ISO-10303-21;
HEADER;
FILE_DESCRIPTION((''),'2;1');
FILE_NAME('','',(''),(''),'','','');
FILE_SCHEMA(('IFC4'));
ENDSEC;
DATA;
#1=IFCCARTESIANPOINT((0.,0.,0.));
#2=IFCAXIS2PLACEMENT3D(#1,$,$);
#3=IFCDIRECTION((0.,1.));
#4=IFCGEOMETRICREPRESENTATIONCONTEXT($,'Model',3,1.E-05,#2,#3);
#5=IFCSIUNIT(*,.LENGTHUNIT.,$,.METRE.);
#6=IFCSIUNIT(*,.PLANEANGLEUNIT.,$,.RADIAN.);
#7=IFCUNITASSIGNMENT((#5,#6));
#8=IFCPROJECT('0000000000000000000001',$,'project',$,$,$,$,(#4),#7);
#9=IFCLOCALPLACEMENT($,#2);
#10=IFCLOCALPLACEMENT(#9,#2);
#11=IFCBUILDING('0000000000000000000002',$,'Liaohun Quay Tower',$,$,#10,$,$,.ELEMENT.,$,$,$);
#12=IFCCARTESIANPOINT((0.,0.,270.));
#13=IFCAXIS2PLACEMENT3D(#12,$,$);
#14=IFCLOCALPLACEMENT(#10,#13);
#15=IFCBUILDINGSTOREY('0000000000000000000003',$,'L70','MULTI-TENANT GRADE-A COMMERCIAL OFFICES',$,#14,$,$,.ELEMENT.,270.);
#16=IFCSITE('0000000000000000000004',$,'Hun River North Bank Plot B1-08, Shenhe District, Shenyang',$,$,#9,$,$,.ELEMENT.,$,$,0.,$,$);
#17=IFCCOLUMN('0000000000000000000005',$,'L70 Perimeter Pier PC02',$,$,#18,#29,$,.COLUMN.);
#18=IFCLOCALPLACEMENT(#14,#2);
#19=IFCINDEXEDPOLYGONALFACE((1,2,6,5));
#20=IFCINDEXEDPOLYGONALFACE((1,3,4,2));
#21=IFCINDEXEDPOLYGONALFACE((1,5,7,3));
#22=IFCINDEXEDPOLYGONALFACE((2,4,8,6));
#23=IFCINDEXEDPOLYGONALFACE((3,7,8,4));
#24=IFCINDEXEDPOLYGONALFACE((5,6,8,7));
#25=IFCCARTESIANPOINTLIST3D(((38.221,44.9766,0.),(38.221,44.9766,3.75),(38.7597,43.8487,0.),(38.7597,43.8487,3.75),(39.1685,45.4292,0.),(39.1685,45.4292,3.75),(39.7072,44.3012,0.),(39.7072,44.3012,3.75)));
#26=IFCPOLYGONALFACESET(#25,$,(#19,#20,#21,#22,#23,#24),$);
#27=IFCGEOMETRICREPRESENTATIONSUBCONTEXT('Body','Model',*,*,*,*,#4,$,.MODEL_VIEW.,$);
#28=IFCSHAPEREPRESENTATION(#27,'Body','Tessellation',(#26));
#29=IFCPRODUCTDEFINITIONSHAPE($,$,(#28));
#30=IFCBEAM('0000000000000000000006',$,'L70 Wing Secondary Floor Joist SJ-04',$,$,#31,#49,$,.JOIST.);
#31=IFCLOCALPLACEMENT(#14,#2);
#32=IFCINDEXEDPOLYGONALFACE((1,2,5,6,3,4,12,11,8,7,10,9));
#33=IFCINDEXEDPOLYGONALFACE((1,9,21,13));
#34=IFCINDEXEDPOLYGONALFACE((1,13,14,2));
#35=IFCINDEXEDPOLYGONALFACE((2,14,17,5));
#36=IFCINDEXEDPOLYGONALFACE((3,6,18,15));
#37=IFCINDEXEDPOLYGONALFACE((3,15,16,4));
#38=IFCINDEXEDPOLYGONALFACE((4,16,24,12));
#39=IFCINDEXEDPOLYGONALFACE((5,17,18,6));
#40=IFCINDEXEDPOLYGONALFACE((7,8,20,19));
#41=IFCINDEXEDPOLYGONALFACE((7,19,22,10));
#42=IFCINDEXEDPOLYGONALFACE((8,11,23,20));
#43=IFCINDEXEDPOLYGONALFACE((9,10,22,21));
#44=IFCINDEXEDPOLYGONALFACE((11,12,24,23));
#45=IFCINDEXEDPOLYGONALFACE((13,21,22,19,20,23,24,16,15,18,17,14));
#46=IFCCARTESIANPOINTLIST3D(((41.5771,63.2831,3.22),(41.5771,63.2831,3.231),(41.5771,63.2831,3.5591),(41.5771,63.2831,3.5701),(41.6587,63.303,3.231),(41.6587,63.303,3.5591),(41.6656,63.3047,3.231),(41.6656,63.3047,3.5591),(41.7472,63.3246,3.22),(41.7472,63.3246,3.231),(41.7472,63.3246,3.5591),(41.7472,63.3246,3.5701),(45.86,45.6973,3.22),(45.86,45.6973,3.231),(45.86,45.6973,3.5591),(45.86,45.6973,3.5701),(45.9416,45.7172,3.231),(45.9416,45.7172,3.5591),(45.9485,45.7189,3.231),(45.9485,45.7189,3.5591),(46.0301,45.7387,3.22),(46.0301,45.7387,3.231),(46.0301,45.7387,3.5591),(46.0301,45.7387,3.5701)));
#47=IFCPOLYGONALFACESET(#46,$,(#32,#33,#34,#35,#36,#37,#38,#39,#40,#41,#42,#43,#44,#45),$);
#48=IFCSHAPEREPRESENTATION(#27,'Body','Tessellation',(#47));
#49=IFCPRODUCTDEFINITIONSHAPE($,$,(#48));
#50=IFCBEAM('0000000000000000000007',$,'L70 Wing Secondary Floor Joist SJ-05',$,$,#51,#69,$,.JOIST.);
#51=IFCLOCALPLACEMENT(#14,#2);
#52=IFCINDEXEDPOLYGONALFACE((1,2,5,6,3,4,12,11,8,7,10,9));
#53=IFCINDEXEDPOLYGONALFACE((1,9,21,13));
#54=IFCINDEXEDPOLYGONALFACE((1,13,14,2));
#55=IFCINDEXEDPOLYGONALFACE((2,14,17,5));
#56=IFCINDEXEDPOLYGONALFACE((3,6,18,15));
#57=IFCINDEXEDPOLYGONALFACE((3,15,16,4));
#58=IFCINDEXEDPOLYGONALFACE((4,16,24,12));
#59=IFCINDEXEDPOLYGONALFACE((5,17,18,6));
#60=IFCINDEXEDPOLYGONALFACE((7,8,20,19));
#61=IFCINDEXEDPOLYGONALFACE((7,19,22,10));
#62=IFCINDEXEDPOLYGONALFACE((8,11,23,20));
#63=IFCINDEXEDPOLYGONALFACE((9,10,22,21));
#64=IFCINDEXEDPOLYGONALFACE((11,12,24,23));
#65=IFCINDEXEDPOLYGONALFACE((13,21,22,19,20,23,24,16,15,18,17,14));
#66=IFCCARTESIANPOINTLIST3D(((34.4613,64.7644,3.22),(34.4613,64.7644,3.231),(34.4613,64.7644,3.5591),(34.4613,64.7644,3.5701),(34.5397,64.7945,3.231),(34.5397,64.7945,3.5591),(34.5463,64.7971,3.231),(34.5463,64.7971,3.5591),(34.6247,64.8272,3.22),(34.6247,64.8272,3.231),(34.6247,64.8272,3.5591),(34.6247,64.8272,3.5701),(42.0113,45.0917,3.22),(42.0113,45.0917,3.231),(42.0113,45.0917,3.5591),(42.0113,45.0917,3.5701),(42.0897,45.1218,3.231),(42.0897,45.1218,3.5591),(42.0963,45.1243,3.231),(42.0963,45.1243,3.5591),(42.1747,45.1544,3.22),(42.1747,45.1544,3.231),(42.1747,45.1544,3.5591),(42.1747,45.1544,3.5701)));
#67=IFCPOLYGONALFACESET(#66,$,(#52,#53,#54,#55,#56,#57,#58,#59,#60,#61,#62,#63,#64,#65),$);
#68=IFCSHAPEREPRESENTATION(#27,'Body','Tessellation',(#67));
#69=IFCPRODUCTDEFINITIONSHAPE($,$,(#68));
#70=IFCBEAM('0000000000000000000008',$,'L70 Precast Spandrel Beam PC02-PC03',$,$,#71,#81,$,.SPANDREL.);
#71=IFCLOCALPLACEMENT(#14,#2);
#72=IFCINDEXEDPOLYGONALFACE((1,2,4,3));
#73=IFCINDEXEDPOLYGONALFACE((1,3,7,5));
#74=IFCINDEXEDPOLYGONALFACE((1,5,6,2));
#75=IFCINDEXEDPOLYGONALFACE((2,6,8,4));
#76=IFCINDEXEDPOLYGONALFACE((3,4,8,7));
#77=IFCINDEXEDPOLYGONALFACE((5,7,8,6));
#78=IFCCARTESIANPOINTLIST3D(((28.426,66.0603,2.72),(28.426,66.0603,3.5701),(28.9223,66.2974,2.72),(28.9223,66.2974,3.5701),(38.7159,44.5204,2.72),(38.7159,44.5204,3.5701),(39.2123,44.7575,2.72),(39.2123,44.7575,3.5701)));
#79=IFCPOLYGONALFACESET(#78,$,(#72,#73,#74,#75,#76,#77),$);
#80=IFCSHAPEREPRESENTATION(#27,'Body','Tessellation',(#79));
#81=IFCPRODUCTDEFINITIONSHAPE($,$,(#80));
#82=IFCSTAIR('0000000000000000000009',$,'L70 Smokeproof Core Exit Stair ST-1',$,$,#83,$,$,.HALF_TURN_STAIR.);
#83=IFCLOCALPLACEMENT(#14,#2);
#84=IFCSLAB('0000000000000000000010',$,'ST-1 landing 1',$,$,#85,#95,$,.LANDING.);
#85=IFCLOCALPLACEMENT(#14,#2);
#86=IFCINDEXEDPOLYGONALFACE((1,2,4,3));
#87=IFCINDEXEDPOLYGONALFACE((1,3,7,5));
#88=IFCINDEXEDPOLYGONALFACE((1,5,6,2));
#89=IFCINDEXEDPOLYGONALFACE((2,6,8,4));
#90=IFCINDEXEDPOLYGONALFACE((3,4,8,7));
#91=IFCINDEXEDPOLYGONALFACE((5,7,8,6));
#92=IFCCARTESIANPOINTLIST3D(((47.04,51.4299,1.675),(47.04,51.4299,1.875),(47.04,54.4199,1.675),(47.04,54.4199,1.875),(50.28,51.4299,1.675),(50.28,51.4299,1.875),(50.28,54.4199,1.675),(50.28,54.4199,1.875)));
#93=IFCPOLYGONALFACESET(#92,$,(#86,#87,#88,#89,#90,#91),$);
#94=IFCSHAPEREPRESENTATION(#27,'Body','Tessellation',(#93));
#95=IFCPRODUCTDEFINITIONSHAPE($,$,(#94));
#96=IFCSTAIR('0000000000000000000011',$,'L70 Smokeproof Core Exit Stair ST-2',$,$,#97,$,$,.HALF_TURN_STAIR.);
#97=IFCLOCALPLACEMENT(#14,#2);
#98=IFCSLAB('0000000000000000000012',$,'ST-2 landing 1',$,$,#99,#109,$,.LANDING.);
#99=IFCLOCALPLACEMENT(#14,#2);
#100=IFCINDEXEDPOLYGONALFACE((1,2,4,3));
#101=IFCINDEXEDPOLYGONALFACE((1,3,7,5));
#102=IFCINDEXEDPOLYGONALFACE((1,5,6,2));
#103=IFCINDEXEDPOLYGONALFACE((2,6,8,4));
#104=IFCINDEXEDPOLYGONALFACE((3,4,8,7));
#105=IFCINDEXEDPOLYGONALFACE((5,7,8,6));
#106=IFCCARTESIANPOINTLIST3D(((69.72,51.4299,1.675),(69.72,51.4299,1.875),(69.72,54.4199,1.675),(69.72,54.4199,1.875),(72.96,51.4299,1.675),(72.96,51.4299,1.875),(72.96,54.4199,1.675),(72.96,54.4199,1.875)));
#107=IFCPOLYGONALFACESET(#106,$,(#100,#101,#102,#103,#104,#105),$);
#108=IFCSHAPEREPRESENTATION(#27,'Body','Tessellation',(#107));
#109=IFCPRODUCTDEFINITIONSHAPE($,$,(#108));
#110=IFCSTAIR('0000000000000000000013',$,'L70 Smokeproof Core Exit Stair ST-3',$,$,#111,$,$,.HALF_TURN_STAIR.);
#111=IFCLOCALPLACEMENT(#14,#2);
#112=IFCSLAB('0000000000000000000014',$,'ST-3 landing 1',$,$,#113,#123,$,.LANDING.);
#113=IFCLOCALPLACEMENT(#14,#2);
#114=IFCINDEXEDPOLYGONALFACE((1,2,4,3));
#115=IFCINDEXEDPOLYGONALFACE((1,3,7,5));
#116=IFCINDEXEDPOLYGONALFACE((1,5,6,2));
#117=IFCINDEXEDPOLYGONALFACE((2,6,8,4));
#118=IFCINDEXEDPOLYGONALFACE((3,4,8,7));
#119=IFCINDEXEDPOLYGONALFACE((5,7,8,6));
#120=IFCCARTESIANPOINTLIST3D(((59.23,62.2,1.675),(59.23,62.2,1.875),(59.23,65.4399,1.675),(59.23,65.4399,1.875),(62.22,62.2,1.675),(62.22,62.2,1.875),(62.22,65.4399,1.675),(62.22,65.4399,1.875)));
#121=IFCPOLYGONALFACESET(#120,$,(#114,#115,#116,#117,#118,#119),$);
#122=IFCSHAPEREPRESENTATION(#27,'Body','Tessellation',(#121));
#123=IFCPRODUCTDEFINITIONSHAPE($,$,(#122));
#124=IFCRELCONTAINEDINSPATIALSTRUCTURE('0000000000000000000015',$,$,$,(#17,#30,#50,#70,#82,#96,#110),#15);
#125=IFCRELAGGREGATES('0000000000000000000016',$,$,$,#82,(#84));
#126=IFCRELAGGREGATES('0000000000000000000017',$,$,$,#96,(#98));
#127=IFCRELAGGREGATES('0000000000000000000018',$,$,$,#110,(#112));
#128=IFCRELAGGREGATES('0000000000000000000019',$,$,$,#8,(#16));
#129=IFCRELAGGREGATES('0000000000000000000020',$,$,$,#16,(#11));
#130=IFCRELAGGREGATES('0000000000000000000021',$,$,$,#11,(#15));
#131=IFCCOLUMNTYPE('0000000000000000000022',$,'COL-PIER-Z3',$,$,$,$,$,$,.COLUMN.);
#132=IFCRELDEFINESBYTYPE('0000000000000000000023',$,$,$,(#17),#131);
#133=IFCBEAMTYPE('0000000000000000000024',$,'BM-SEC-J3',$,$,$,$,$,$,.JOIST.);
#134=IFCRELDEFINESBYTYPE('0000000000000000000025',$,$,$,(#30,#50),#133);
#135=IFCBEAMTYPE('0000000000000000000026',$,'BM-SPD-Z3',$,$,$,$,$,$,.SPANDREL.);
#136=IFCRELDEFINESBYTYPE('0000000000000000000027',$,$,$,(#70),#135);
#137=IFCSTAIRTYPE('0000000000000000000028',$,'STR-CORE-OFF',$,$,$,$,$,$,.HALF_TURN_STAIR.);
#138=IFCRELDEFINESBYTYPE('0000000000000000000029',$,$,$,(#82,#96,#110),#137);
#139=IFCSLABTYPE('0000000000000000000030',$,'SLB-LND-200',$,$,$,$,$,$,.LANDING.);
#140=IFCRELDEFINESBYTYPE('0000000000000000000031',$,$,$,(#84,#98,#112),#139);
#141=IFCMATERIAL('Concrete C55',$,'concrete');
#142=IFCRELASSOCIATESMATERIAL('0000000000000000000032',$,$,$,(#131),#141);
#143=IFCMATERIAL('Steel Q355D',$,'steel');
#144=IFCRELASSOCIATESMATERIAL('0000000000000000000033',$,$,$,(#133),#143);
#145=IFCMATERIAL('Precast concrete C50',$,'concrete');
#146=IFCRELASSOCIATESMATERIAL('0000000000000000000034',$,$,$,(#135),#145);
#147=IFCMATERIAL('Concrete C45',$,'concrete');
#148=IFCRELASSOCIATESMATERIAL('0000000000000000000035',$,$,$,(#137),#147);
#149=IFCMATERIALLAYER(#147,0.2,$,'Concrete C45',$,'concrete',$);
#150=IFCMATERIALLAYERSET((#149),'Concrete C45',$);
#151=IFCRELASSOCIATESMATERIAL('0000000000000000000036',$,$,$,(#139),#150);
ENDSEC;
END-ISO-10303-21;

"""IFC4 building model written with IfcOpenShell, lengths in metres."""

from ifc_helpers import new_model, si_unit, direction, frame, origin, origin_2d, place, context, subcontext, project, spatial, polyline, rectangle, i_section, outline, extrude, source, transform, mapped, material, layer, layer_set, material_profile, profile_set, type_object, element, aggregate, save


model = new_model("IFC4")

# Units and contexts
model_context = context("Model", 3, precision=1e-05, world=origin(), true_north=direction((0.0, 1.0)))
body_context = subcontext(model_context, "Body", "Model", "MODEL_VIEW")
ifc_project = project(units=[si_unit("LENGTHUNIT", "METRE"), si_unit("PLANEANGLEUNIT", "RADIAN")], contexts=[model_context])

# Site, building, storey
site_placement = place(None, origin())
site = spatial("IfcSite", under=ifc_project, at=site_placement, Name="Hun River North Bank Plot B1-08, Shenhe District, Shenyang", CompositionType="ELEMENT", RefElevation=0.0)
building_placement = place(site_placement, origin())
building = spatial("IfcBuilding", under=site, at=building_placement, Name="Liaohun Quay Tower", CompositionType="ELEMENT")
storey_placement = place(building_placement, frame((0.0, 0.0, 270.0)))
storey = spatial("IfcBuildingStorey", under=building, at=storey_placement, Name="L70", Description="MULTI-TENANT GRADE-A COMMERCIAL OFFICES", CompositionType="ELEMENT", Elevation=270.0)

# Column
ifc_material_1 = material(Name="Concrete C55", Category="concrete")
ifc_material_profile_1 = material_profile(ifc_material_1, rectangle(XDim=1.25, YDim=1.05, at=origin_2d()), Name="RC1250x1050")
ifc_profile_set_1 = profile_set([ifc_material_profile_1], Name="Concrete C55")
column_type = type_object("IfcColumnType", Name="COL-PIER-Z3", PredefinedType="COLUMN", material=ifc_profile_set_1)
shared_shape_1 = source(origin(), body_context, "Body", "SweptSolid", [
    extrude(rectangle(XDim=1.25, YDim=1.05, at=origin_2d()), origin(), (0.0, 0.0, 1.0), 3.75),
])
column_placement = place(storey_placement, frame((38.9641, 44.6389, 0.0), z_axis=(0.0, 0.0, 1.0), x_axis=(-0.430984, 0.90236, 0.0)))
element("IfcColumn", 1, at=column_placement, inside=storey, type_object=column_type, Name="L70 Perimeter Pier PC02", PredefinedType="COLUMN", context=body_context, shape_type="MappedRepresentation", body=[
    mapped(shared_shape_1, transform((0.0, 0.0, 0.0), x_axis=(1.0, 0.0, 0.0), y_axis=(0.0, 1.0, 0.0), z_axis=(0.0, 0.0, 1.0), scale=1.0)),
])

# Beams
ifc_material_2 = material(Name="Steel Q355D", Category="steel")
ifc_material_profile_2 = material_profile(ifc_material_2, i_section(OverallWidth=0.175, OverallDepth=0.3501, WebThickness=0.0071, FlangeThickness=0.011, at=origin_2d()), Name="HN350x175x7x11")
ifc_profile_set_2 = profile_set([ifc_material_profile_2], Name="Steel Q355D")
beam_type_1 = type_object("IfcBeamType", Name="BM-SEC-J3", PredefinedType="JOIST", material=ifc_profile_set_2)
shared_shape_2 = source(origin(), body_context, "Body", "SweptSolid", [
    extrude(i_section(OverallWidth=0.175, OverallDepth=0.3501, WebThickness=0.0071, FlangeThickness=0.011, at=origin_2d()), origin(), (0.0, 0.0, 1.0), 18.0999),
])
beam_1_placement = place(storey_placement, frame((45.9451, 45.718, 3.395), z_axis=(-0.236628, 0.9716, 0.0), x_axis=(-0.9716, -0.236628, 0.0)))
element("IfcBeam", 2, at=beam_1_placement, inside=storey, type_object=beam_type_1, Name="L70 Wing Secondary Floor Joist SJ-04", PredefinedType="JOIST", context=body_context, shape_type="MappedRepresentation", body=[
    mapped(shared_shape_2, transform((0.0, 0.0, 0.0), x_axis=(1.0, 0.0, 0.0), y_axis=(0.0, 1.0, 0.0), z_axis=(0.0, 0.0, 1.0), scale=1.0)),
])
shared_shape_3 = source(origin(), body_context, "Body", "SweptSolid", [
    extrude(i_section(OverallWidth=0.175, OverallDepth=0.3501, WebThickness=0.0071, FlangeThickness=0.011, at=origin_2d()), origin(), (0.0, 0.0, 1.0), 21.0718),
])
beam_2_placement = place(storey_placement, frame((42.093, 45.123, 3.395), z_axis=(-0.3583, 0.933607, 0.0), x_axis=(-0.933607, -0.3583, 0.0)))
element("IfcBeam", 3, at=beam_2_placement, inside=storey, type_object=beam_type_1, Name="L70 Wing Secondary Floor Joist SJ-05", PredefinedType="JOIST", context=body_context, shape_type="MappedRepresentation", body=[
    mapped(shared_shape_3, transform((0.0, 0.0, 0.0), x_axis=(1.0, 0.0, 0.0), y_axis=(0.0, 1.0, 0.0), z_axis=(0.0, 0.0, 1.0), scale=1.0)),
])
ifc_material_3 = material(Name="Precast concrete C50", Category="concrete")
ifc_material_profile_3 = material_profile(ifc_material_3, rectangle(XDim=0.55, YDim=0.8501, at=origin_2d()), Name="RC550x850")
ifc_profile_set_3 = profile_set([ifc_material_profile_3], Name="Precast concrete C50")
beam_type_2 = type_object("IfcBeamType", Name="BM-SPD-Z3", PredefinedType="SPANDREL", material=ifc_profile_set_3)
shared_shape_4 = source(origin(), body_context, "Body", "SweptSolid", [
    extrude(rectangle(XDim=0.55, YDim=0.8501, at=origin_2d()), origin(), (0.0, 0.0, 1.0), 23.8716),
])
beam_3_placement = place(storey_placement, frame((38.9641, 44.6389, 3.145), z_axis=(-0.431056, 0.902325, 0.0), x_axis=(-0.902325, -0.431056, 0.0)))
element("IfcBeam", 4, at=beam_3_placement, inside=storey, type_object=beam_type_2, Name="L70 Precast Spandrel Beam PC02-PC03", PredefinedType="SPANDREL", context=body_context, shape_type="MappedRepresentation", body=[
    mapped(shared_shape_4, transform((0.0, 0.0, 0.0), x_axis=(1.0, 0.0, 0.0), y_axis=(0.0, 1.0, 0.0), z_axis=(0.0, 0.0, 1.0), scale=1.0)),
])

# Stairs, slabs
ifc_material_4 = material(Name="Concrete C45", Category="concrete")
stair_type = type_object("IfcStairType", Name="STR-CORE-OFF", PredefinedType="HALF_TURN_STAIR", material=ifc_material_4)
stair_1_placement = place(storey_placement, origin())
stair_1 = element("IfcStair", 5, at=stair_1_placement, inside=storey, type_object=stair_type, Name="L70 Smokeproof Core Exit Stair ST-1", PredefinedType="HALF_TURN_STAIR")
ifc_layer_1 = layer(ifc_material_4, 0.2, Name="Concrete C45", Category="concrete")
ifc_layer_set_1 = layer_set([ifc_layer_1], Name="Concrete C45")
slab_type_1 = type_object("IfcSlabType", Name="SLB-LND-200", PredefinedType="LANDING", material=ifc_layer_set_1)
slab_1_placement = place(storey_placement, frame((0.0, 0.0, 1.675)))
slab_1 = element("IfcSlab", 6, at=slab_1_placement, type_object=slab_type_1, Name="ST-1 landing 1", PredefinedType="LANDING", context=body_context, shape_type="SweptSolid", body=[
    extrude(outline(polyline([(50.28, 51.4299), (50.28, 54.4199), (47.04, 54.4199), (47.04, 51.4299), (50.28, 51.4299)])), origin(), (0.0, 0.0, 1.0), 0.2),
])
aggregate(stair_1, [slab_1])
stair_2_placement = place(storey_placement, origin())
stair_2 = element("IfcStair", 7, at=stair_2_placement, inside=storey, type_object=stair_type, Name="L70 Smokeproof Core Exit Stair ST-2", PredefinedType="HALF_TURN_STAIR")
slab_2_placement = place(storey_placement, frame((0.0, 0.0, 1.675)))
slab_2 = element("IfcSlab", 8, at=slab_2_placement, type_object=slab_type_1, Name="ST-2 landing 1", PredefinedType="LANDING", context=body_context, shape_type="SweptSolid", body=[
    extrude(outline(polyline([(72.96, 51.4299), (72.96, 54.4199), (69.72, 54.4199), (69.72, 51.4299), (72.96, 51.4299)])), origin(), (0.0, 0.0, 1.0), 0.2),
])
aggregate(stair_2, [slab_2])
stair_3_placement = place(storey_placement, origin())
stair_3 = element("IfcStair", 9, at=stair_3_placement, inside=storey, type_object=stair_type, Name="L70 Smokeproof Core Exit Stair ST-3", PredefinedType="HALF_TURN_STAIR")
slab_3_placement = place(storey_placement, frame((0.0, 0.0, 1.675)))
slab_3 = element("IfcSlab", 10, at=slab_3_placement, type_object=slab_type_1, Name="ST-3 landing 1", PredefinedType="LANDING", context=body_context, shape_type="SweptSolid", body=[
    extrude(outline(polyline([(59.23, 62.2), (62.22, 62.2), (62.22, 65.4399), (59.23, 65.4399), (59.23, 62.2)])), origin(), (0.0, 0.0, 1.0), 0.2),
])
aggregate(stair_3, [slab_3])

save(model, "model.ifc")
